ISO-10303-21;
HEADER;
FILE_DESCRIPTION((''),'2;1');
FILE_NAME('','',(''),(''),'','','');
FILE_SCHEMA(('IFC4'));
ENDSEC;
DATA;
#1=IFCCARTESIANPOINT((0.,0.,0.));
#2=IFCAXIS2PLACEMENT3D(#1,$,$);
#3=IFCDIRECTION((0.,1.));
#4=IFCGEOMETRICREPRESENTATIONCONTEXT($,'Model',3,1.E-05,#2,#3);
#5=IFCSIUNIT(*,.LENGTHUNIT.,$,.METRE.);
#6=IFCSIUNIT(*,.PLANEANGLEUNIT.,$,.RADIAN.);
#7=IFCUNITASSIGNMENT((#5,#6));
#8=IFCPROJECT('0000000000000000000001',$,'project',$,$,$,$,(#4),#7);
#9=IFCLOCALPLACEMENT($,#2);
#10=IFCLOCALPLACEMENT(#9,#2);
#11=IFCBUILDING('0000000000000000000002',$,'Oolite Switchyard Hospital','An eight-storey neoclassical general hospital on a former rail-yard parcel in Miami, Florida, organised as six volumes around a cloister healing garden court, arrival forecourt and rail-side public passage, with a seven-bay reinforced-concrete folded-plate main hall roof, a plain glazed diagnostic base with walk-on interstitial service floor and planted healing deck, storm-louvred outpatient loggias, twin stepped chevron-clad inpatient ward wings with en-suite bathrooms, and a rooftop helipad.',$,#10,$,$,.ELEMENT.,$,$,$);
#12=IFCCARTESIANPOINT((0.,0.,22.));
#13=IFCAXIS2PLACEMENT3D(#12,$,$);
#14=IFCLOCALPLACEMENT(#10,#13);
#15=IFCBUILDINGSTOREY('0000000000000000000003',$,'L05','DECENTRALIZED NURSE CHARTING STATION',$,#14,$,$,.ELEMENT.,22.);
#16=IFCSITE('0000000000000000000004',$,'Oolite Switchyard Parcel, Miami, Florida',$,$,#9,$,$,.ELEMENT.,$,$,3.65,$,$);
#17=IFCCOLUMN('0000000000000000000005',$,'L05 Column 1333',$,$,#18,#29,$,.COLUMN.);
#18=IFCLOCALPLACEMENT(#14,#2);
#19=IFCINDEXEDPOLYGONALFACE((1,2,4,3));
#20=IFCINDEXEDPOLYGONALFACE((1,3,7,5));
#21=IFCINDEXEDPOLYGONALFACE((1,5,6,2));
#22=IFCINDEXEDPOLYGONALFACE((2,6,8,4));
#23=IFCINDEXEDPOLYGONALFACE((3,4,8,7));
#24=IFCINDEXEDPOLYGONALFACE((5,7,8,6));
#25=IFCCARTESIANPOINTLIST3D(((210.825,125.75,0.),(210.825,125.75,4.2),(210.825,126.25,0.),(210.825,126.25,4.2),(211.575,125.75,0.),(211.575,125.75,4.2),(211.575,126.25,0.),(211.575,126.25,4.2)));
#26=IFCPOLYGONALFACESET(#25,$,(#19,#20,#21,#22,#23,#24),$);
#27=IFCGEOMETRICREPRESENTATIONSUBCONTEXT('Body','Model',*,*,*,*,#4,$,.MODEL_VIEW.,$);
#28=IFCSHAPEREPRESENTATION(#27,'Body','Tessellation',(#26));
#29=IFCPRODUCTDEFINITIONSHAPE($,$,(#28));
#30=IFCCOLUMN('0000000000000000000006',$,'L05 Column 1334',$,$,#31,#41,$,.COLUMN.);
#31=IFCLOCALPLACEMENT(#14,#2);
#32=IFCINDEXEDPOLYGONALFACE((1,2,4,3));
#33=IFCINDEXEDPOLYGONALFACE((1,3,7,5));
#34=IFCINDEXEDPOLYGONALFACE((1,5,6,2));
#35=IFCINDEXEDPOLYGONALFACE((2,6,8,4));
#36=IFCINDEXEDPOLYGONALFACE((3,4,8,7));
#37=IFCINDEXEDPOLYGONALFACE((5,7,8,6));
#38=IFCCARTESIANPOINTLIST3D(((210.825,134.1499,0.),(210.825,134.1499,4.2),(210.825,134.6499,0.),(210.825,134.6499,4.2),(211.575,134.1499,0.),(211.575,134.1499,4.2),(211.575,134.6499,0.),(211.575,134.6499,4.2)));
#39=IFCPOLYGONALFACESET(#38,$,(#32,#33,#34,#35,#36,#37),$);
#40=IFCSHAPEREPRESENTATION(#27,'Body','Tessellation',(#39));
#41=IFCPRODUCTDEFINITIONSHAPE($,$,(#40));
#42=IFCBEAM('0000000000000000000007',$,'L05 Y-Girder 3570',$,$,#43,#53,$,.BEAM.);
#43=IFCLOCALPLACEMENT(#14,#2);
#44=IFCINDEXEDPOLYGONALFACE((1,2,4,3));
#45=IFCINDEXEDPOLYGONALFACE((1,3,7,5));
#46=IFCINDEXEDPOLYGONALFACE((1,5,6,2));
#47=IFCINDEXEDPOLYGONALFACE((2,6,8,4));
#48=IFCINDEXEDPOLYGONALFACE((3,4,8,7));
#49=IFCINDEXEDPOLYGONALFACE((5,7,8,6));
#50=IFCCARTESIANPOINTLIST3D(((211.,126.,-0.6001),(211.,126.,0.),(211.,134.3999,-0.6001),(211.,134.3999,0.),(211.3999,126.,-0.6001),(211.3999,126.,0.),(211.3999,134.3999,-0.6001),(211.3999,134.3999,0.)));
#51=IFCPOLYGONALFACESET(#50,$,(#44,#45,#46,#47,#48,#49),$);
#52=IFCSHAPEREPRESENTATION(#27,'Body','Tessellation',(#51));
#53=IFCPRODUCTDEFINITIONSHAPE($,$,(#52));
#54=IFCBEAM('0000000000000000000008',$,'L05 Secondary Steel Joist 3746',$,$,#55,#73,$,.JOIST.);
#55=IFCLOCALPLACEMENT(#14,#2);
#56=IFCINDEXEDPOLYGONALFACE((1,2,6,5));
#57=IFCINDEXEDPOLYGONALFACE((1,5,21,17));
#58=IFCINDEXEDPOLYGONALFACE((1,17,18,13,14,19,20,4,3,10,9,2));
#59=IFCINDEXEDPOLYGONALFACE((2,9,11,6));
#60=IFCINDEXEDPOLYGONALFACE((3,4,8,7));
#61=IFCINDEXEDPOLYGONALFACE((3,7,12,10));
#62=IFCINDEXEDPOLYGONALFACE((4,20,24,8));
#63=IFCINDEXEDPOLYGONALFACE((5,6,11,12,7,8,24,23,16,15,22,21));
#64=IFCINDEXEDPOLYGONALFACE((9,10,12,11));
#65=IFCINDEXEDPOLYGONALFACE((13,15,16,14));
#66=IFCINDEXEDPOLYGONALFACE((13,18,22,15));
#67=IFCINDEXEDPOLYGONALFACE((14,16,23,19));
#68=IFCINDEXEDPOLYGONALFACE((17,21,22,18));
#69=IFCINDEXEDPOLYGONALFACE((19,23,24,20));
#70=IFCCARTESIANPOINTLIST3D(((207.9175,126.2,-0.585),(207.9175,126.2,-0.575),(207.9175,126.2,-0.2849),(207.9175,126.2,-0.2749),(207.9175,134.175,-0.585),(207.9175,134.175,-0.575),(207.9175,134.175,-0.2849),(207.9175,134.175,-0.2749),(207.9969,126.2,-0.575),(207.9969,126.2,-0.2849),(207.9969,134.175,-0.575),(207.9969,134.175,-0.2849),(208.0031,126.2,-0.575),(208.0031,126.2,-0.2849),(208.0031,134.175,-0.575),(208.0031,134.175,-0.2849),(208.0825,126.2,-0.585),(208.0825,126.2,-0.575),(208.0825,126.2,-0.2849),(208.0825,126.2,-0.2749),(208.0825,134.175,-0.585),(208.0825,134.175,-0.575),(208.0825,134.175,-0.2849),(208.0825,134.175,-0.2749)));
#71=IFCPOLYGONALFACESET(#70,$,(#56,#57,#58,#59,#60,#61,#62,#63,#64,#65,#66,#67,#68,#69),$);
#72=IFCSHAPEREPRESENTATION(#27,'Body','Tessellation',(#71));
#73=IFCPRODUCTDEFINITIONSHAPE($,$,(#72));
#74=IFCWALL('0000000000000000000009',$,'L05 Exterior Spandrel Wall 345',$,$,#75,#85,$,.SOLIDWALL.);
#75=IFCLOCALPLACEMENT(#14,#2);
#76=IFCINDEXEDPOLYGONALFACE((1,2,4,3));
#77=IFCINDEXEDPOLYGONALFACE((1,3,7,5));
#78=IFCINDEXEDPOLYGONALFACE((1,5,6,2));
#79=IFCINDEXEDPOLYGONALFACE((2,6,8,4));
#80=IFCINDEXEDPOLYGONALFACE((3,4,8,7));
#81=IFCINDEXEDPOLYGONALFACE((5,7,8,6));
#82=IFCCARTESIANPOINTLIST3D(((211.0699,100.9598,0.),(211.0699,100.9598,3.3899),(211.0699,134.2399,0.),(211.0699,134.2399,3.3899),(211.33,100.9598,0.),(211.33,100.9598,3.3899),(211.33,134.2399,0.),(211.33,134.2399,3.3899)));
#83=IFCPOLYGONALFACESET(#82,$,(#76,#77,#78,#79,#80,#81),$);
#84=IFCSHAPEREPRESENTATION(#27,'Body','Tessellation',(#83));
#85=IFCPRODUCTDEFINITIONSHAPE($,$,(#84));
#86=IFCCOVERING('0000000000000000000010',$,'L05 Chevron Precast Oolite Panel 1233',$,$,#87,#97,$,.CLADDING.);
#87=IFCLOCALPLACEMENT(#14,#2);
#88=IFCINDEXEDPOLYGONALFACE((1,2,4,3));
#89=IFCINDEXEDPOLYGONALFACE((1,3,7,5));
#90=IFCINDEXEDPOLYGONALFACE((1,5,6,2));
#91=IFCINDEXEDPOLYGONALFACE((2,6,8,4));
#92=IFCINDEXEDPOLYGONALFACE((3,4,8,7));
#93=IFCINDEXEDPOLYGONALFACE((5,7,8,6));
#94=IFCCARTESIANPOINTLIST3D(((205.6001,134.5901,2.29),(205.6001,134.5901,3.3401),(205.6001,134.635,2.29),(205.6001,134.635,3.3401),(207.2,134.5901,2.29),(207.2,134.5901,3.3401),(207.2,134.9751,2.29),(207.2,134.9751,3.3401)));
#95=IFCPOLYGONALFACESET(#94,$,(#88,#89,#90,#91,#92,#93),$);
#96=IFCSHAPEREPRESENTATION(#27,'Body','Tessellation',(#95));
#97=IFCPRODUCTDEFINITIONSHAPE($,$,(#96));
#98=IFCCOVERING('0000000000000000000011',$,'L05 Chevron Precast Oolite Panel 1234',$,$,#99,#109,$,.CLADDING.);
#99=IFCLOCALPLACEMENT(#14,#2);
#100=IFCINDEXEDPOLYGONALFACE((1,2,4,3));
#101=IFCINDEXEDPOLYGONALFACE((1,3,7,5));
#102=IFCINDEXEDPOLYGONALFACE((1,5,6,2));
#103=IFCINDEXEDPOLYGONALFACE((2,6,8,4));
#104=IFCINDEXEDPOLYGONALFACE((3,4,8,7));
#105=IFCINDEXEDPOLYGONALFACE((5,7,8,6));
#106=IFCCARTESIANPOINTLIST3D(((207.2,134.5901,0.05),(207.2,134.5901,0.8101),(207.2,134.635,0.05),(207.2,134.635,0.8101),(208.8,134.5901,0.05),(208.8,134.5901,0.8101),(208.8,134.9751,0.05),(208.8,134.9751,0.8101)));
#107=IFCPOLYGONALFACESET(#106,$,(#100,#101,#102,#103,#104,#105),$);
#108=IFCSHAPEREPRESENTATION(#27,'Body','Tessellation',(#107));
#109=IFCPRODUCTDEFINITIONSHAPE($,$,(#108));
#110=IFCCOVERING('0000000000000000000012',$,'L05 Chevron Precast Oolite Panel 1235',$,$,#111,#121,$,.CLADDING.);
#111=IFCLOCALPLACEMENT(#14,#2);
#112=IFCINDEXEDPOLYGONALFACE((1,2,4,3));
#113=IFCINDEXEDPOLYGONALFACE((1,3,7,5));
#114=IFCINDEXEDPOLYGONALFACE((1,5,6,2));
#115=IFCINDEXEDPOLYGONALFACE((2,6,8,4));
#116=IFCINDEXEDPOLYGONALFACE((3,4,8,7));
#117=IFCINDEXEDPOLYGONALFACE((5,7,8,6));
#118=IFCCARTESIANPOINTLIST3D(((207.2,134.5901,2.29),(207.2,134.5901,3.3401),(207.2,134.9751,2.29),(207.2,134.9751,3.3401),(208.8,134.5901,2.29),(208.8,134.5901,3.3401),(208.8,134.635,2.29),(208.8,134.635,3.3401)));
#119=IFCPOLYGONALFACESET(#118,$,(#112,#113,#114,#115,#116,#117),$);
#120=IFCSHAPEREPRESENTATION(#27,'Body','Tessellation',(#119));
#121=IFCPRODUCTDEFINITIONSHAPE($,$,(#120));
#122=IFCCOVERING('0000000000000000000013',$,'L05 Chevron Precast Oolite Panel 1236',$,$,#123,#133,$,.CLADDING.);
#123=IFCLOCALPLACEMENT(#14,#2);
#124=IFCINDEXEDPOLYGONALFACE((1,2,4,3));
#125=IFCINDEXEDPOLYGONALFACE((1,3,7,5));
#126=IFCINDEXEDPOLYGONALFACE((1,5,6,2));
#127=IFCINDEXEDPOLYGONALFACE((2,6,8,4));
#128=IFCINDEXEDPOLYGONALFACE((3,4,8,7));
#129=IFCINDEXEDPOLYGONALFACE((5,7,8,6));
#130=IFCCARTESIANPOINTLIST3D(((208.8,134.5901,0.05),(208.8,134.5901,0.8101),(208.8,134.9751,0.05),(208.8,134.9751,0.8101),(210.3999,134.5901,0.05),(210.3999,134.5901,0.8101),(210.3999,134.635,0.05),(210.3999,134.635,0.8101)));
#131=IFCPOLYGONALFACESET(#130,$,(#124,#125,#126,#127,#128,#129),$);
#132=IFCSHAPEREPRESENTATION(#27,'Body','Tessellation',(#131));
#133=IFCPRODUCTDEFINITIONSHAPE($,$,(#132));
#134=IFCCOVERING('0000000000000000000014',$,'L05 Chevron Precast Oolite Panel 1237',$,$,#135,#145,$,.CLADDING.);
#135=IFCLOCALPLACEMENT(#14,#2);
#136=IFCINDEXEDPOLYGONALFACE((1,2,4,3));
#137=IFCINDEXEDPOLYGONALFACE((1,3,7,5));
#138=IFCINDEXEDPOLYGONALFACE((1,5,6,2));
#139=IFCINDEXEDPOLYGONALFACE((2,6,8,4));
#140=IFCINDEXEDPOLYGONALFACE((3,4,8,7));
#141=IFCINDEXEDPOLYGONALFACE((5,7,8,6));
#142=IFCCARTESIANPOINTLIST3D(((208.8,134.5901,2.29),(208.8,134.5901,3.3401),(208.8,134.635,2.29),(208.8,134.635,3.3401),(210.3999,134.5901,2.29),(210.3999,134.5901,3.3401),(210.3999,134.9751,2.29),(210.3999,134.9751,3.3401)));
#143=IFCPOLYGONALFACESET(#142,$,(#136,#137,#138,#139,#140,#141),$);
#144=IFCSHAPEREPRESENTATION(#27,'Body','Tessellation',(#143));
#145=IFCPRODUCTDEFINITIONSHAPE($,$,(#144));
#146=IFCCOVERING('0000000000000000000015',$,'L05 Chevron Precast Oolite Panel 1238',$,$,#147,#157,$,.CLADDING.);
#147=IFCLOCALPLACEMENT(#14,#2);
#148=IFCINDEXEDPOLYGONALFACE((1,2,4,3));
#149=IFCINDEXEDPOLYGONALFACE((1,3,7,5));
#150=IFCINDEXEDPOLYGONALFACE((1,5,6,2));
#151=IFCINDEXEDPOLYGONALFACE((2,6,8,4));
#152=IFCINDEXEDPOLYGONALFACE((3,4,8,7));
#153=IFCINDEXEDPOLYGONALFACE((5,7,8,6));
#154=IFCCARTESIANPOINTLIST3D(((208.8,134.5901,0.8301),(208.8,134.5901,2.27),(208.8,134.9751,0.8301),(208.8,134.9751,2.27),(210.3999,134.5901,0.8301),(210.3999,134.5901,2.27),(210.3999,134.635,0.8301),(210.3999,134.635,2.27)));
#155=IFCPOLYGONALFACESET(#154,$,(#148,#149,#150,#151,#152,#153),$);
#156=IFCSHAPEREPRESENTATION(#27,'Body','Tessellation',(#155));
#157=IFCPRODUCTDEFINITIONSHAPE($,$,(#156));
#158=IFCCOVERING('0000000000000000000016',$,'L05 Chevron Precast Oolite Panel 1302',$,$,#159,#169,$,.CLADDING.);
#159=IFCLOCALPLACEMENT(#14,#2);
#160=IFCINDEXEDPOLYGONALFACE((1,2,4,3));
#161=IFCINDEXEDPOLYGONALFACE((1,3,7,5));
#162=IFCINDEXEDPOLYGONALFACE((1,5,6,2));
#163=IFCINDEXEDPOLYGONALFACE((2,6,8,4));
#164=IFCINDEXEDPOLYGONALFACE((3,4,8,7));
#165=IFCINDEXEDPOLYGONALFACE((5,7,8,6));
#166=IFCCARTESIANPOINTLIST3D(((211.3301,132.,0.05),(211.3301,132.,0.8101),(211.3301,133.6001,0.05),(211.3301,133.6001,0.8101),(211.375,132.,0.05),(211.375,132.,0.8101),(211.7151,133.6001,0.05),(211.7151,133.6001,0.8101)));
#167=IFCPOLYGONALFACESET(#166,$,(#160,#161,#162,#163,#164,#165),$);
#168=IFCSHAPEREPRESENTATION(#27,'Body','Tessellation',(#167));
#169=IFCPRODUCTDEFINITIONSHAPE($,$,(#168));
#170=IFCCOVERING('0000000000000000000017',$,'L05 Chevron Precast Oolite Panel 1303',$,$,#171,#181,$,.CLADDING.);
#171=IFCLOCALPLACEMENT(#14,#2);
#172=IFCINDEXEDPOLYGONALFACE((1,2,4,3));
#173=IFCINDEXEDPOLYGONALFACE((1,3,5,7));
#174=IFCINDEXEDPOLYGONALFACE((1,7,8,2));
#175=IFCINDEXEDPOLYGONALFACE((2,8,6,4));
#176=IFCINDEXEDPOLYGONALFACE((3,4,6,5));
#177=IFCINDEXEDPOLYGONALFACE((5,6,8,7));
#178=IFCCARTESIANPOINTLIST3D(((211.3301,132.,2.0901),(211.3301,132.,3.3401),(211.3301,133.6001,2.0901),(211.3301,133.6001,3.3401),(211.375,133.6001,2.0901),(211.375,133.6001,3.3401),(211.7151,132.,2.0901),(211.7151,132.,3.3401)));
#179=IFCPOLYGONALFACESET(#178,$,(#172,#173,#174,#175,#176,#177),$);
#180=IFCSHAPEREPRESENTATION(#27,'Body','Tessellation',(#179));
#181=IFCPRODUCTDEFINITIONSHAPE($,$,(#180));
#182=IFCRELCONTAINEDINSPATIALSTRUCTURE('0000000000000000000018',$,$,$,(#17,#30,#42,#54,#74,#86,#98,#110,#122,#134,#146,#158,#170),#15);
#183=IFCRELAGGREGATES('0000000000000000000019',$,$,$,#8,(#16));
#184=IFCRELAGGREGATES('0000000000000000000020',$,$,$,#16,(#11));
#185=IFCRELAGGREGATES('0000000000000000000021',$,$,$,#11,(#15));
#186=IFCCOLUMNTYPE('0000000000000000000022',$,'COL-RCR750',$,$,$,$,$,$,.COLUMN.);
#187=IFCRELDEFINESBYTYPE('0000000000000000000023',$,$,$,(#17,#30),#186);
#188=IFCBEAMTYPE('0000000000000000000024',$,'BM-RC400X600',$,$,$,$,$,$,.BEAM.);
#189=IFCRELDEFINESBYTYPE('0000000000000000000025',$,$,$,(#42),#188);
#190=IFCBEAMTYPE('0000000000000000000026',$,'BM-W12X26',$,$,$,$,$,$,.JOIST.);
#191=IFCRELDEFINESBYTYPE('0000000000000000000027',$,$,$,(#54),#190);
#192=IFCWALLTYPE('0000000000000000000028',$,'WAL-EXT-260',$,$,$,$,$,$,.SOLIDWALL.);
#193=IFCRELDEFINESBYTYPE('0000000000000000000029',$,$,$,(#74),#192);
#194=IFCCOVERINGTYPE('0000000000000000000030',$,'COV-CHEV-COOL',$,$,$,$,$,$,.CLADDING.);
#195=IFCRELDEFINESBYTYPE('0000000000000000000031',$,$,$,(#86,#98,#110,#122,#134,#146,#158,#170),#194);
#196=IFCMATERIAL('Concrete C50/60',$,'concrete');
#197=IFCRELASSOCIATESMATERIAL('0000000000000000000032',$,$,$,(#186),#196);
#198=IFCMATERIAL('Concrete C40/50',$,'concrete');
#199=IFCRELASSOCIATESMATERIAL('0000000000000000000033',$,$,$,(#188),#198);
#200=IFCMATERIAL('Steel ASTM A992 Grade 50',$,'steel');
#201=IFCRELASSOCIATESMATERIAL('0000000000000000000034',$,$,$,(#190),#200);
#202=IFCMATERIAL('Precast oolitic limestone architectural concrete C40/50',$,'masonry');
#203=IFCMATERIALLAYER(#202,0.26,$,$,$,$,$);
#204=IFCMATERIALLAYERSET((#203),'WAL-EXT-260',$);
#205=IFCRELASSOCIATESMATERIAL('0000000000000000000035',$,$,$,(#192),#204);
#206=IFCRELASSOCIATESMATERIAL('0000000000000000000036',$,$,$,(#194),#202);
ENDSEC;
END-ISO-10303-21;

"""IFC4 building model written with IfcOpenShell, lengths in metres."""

from ifc_helpers import new_model, si_unit, direction, frame, frame_2d, origin, origin_2d, place, context, subcontext, project, spatial, polyline, rectangle, i_section, outline, extrude, material, layer, layer_set, material_profile, profile_set, type_object, element, save


model = new_model("IFC4")

# Units and contexts
model_context = context("Model", 3, precision=1e-05, world=origin(), true_north=direction((0.0, 1.0)))
body_context = subcontext(model_context, "Body", "Model", "MODEL_VIEW")
ifc_project = project(units=[si_unit("LENGTHUNIT", "METRE"), si_unit("PLANEANGLEUNIT", "RADIAN")], contexts=[model_context])

# Site, building, storey
site_placement = place(None, origin())
site = spatial("IfcSite", under=ifc_project, at=site_placement, Name="Oolite Switchyard Parcel, Miami, Florida", CompositionType="ELEMENT", RefElevation=3.65)
building_placement = place(site_placement, origin())
building = spatial("IfcBuilding", under=site, at=building_placement, Name="Oolite Switchyard Hospital", Description="An eight-storey neoclassical general hospital on a former rail-yard parcel in Miami, Florida, organised as six volumes around a cloister healing garden court, arrival forecourt and rail-side public passage, with a seven-bay reinforced-concrete folded-plate main hall roof, a plain glazed diagnostic base with walk-on interstitial service floor and planted healing deck, storm-louvred outpatient loggias, twin stepped chevron-clad inpatient ward wings with en-suite bathrooms, and a rooftop helipad.", CompositionType="ELEMENT")
storey_placement = place(building_placement, frame((0.0, 0.0, 22.0)))
storey = spatial("IfcBuildingStorey", under=building, at=storey_placement, Name="L05", Description="DECENTRALIZED NURSE CHARTING STATION", CompositionType="ELEMENT", Elevation=22.0)

# Columns
ifc_material_1 = material(Name="Concrete C50/60", Category="concrete")
ifc_material_profile_1 = material_profile(ifc_material_1, rectangle(XDim=0.75, YDim=0.5, at=origin_2d()), Name="RC750X500")
ifc_profile_set_1 = profile_set([ifc_material_profile_1], Name="Concrete C50/60")
column_type = type_object("IfcColumnType", Name="COL-RCR750", PredefinedType="COLUMN", material=ifc_profile_set_1)
for number, where, z_axis, x_axis, name in (
    (1, (211.2, 126.0, 0.0), (0.0, 0.0, 1.0), (1.0, 0.0, 0.0), "L05 Column 1333"),
    (2, (211.2, 134.3999, 0.0), (0.0, 0.0, 1.0), (1.0, 0.0, 0.0), "L05 Column 1334"),
):
    element("IfcColumn", number, at=place(storey_placement, frame(where, z_axis=z_axis, x_axis=x_axis)), inside=storey, type_object=column_type, Name=name, PredefinedType="COLUMN", context=body_context, shape_type="SweptSolid", body=[
        extrude(rectangle(XDim=0.75, YDim=0.5, at=origin_2d()), origin(), (0.0, 0.0, 1.0), 4.2),
    ])

# Beams
ifc_material_2 = material(Name="Concrete C40/50", Category="concrete")
ifc_material_profile_2 = material_profile(ifc_material_2, rectangle(XDim=0.3999, YDim=0.6001, at=origin_2d()), Name="RCB400X600")
ifc_profile_set_2 = profile_set([ifc_material_profile_2], Name="Concrete C40/50")
beam_type_1 = type_object("IfcBeamType", Name="BM-RC400X600", PredefinedType="BEAM", material=ifc_profile_set_2)
beam_1_placement = place(storey_placement, frame((211.2, 126.0, -0.3), z_axis=(0.0, 1.0, 0.0), x_axis=(-1.0, 0.0, 0.0)))
element("IfcBeam", 3, at=beam_1_placement, inside=storey, type_object=beam_type_1, Name="L05 Y-Girder 3570", PredefinedType="BEAM", context=body_context, shape_type="SweptSolid", body=[
    extrude(rectangle(XDim=0.3999, YDim=0.6001, at=origin_2d()), origin(), (0.0, 0.0, 1.0), 8.3999),
])
ifc_material_3 = material(Name="Steel ASTM A992 Grade 50", Category="steel")
ifc_material_profile_3 = material_profile(ifc_material_3, i_section(OverallWidth=0.165, OverallDepth=0.3101, WebThickness=0.0061, FlangeThickness=0.01, at=origin_2d()), Name="W12X26")
ifc_profile_set_3 = profile_set([ifc_material_profile_3], Name="Steel ASTM A992 Grade 50")
beam_type_2 = type_object("IfcBeamType", Name="BM-W12X26", PredefinedType="JOIST", material=ifc_profile_set_3)
beam_2_placement = place(storey_placement, frame((208.0, 126.2, -0.4299), z_axis=(0.0, 1.0, 0.0), x_axis=(-1.0, 0.0, 0.0)))
element("IfcBeam", 4, at=beam_2_placement, inside=storey, type_object=beam_type_2, Name="L05 Secondary Steel Joist 3746", PredefinedType="JOIST", context=body_context, shape_type="SweptSolid", body=[
    extrude(i_section(OverallWidth=0.165, OverallDepth=0.3101, WebThickness=0.0061, FlangeThickness=0.01, at=origin_2d()), origin(), (0.0, 0.0, 1.0), 7.9751),
])

# Wall
ifc_material_4 = material(Name="Precast oolitic limestone architectural concrete C40/50", Category="masonry")
ifc_layer = layer(ifc_material_4, 0.26)
ifc_layer_set = layer_set([ifc_layer], Name="WAL-EXT-260")
wall_type = type_object("IfcWallType", Name="WAL-EXT-260", PredefinedType="SOLIDWALL", material=ifc_layer_set)
wall_placement = place(storey_placement, frame((211.2, 134.24, 0.0), z_axis=(0.0, 0.0, 1.0), x_axis=(0.0, -1.0, 0.0)))
element("IfcWall", 5, at=wall_placement, inside=storey, type_object=wall_type, Name="L05 Exterior Spandrel Wall 345", PredefinedType="SOLIDWALL", context=body_context, shape_type="SweptSolid", body=[
    extrude(rectangle(XDim=33.28, YDim=0.26, at=frame_2d((16.6401, 0.0))), origin(), (0.0, 0.0, 1.0), 3.3899),
])

# Coverings
covering_type = type_object("IfcCoveringType", Name="COV-CHEV-COOL", PredefinedType="CLADDING", material=ifc_material_4)
covering_1_placement = place(storey_placement, frame((205.6001, 134.5901, 2.29), z_axis=(0.0, 0.0, 1.0), x_axis=(1.0, 0.0, 0.0)))
element("IfcCovering", 6, at=covering_1_placement, inside=storey, type_object=covering_type, Name="L05 Chevron Precast Oolite Panel 1233", PredefinedType="CLADDING", context=body_context, shape_type="SweptSolid", body=[
    extrude(outline(polyline([(0.0, 0.0), (1.5999, 0.0), (1.5999, 0.385), (0.0, 0.0449), (0.0, 0.0)])), origin(), (0.0, 0.0, 1.0), 1.05),
])
covering_2_placement = place(storey_placement, frame((207.2, 134.5901, 0.05), z_axis=(0.0, 0.0, 1.0), x_axis=(1.0, 0.0, 0.0)))
element("IfcCovering", 7, at=covering_2_placement, inside=storey, type_object=covering_type, Name="L05 Chevron Precast Oolite Panel 1234", PredefinedType="CLADDING", context=body_context, shape_type="SweptSolid", body=[
    extrude(outline(polyline([(0.0, 0.0), (1.6001, 0.0), (1.6001, 0.385), (0.0, 0.0449), (0.0, 0.0)])), origin(), (0.0, 0.0, 1.0), 0.76),
])
covering_3_placement = place(storey_placement, frame((207.2, 134.5901, 2.29), z_axis=(0.0, 0.0, 1.0), x_axis=(1.0, 0.0, 0.0)))
element("IfcCovering", 8, at=covering_3_placement, inside=storey, type_object=covering_type, Name="L05 Chevron Precast Oolite Panel 1235", PredefinedType="CLADDING", context=body_context, shape_type="SweptSolid", body=[
    extrude(outline(polyline([(0.0, 0.0), (1.6001, 0.0), (1.6001, 0.0449), (0.0, 0.385), (0.0, 0.0)])), origin(), (0.0, 0.0, 1.0), 1.05),
])
covering_4_placement = place(storey_placement, frame((208.8, 134.5901, 0.05), z_axis=(0.0, 0.0, 1.0), x_axis=(1.0, 0.0, 0.0)))
element("IfcCovering", 9, at=covering_4_placement, inside=storey, type_object=covering_type, Name="L05 Chevron Precast Oolite Panel 1236", PredefinedType="CLADDING", context=body_context, shape_type="SweptSolid", body=[
    extrude(outline(polyline([(0.0, 0.0), (1.5999, 0.0), (1.5999, 0.0449), (0.0, 0.385), (0.0, 0.0)])), origin(), (0.0, 0.0, 1.0), 0.76),
])
covering_5_placement = place(storey_placement, frame((208.8, 134.5901, 2.29), z_axis=(0.0, 0.0, 1.0), x_axis=(1.0, 0.0, 0.0)))
element("IfcCovering", 10, at=covering_5_placement, inside=storey, type_object=covering_type, Name="L05 Chevron Precast Oolite Panel 1237", PredefinedType="CLADDING", context=body_context, shape_type="SweptSolid", body=[
    extrude(outline(polyline([(0.0, 0.0), (1.5999, 0.0), (1.5999, 0.385), (0.0, 0.0449), (0.0, 0.0)])), origin(), (0.0, 0.0, 1.0), 1.05),
])
covering_6_placement = place(storey_placement, frame((208.8, 134.5901, 0.8301), z_axis=(0.0, 0.0, 1.0), x_axis=(1.0, 0.0, 0.0)))
element("IfcCovering", 11, at=covering_6_placement, inside=storey, type_object=covering_type, Name="L05 Chevron Precast Oolite Panel 1238", PredefinedType="CLADDING", context=body_context, shape_type="SweptSolid", body=[
    extrude(outline(polyline([(0.0, 0.0), (1.5999, 0.0), (1.5999, 0.0449), (0.0, 0.385), (0.0, 0.0)])), origin(), (0.0, 0.0, 1.0), 1.4399),
])
covering_7_placement = place(storey_placement, frame((211.3301, 133.6001, 0.05), z_axis=(0.0, 0.0, 1.0), x_axis=(0.0, -1.0, 0.0)))
element("IfcCovering", 12, at=covering_7_placement, inside=storey, type_object=covering_type, Name="L05 Chevron Precast Oolite Panel 1302", PredefinedType="CLADDING", context=body_context, shape_type="SweptSolid", body=[
    extrude(outline(polyline([(0.0, 0.0), (1.6001, 0.0), (1.6001, 0.0449), (0.0, 0.385), (0.0, 0.0)])), origin(), (0.0, 0.0, 1.0), 0.76),
])
covering_8_placement = place(storey_placement, frame((211.3301, 133.6001, 2.0901), z_axis=(0.0, 0.0, 1.0), x_axis=(0.0, -1.0, 0.0)))
element("IfcCovering", 13, at=covering_8_placement, inside=storey, type_object=covering_type, Name="L05 Chevron Precast Oolite Panel 1303", PredefinedType="CLADDING", context=body_context, shape_type="SweptSolid", body=[
    extrude(outline(polyline([(0.0, 0.0), (1.6001, 0.0), (1.6001, 0.385), (0.0, 0.0449), (0.0, 0.0)])), origin(), (0.0, 0.0, 1.0), 1.25),
])

save(model, "model.ifc")
